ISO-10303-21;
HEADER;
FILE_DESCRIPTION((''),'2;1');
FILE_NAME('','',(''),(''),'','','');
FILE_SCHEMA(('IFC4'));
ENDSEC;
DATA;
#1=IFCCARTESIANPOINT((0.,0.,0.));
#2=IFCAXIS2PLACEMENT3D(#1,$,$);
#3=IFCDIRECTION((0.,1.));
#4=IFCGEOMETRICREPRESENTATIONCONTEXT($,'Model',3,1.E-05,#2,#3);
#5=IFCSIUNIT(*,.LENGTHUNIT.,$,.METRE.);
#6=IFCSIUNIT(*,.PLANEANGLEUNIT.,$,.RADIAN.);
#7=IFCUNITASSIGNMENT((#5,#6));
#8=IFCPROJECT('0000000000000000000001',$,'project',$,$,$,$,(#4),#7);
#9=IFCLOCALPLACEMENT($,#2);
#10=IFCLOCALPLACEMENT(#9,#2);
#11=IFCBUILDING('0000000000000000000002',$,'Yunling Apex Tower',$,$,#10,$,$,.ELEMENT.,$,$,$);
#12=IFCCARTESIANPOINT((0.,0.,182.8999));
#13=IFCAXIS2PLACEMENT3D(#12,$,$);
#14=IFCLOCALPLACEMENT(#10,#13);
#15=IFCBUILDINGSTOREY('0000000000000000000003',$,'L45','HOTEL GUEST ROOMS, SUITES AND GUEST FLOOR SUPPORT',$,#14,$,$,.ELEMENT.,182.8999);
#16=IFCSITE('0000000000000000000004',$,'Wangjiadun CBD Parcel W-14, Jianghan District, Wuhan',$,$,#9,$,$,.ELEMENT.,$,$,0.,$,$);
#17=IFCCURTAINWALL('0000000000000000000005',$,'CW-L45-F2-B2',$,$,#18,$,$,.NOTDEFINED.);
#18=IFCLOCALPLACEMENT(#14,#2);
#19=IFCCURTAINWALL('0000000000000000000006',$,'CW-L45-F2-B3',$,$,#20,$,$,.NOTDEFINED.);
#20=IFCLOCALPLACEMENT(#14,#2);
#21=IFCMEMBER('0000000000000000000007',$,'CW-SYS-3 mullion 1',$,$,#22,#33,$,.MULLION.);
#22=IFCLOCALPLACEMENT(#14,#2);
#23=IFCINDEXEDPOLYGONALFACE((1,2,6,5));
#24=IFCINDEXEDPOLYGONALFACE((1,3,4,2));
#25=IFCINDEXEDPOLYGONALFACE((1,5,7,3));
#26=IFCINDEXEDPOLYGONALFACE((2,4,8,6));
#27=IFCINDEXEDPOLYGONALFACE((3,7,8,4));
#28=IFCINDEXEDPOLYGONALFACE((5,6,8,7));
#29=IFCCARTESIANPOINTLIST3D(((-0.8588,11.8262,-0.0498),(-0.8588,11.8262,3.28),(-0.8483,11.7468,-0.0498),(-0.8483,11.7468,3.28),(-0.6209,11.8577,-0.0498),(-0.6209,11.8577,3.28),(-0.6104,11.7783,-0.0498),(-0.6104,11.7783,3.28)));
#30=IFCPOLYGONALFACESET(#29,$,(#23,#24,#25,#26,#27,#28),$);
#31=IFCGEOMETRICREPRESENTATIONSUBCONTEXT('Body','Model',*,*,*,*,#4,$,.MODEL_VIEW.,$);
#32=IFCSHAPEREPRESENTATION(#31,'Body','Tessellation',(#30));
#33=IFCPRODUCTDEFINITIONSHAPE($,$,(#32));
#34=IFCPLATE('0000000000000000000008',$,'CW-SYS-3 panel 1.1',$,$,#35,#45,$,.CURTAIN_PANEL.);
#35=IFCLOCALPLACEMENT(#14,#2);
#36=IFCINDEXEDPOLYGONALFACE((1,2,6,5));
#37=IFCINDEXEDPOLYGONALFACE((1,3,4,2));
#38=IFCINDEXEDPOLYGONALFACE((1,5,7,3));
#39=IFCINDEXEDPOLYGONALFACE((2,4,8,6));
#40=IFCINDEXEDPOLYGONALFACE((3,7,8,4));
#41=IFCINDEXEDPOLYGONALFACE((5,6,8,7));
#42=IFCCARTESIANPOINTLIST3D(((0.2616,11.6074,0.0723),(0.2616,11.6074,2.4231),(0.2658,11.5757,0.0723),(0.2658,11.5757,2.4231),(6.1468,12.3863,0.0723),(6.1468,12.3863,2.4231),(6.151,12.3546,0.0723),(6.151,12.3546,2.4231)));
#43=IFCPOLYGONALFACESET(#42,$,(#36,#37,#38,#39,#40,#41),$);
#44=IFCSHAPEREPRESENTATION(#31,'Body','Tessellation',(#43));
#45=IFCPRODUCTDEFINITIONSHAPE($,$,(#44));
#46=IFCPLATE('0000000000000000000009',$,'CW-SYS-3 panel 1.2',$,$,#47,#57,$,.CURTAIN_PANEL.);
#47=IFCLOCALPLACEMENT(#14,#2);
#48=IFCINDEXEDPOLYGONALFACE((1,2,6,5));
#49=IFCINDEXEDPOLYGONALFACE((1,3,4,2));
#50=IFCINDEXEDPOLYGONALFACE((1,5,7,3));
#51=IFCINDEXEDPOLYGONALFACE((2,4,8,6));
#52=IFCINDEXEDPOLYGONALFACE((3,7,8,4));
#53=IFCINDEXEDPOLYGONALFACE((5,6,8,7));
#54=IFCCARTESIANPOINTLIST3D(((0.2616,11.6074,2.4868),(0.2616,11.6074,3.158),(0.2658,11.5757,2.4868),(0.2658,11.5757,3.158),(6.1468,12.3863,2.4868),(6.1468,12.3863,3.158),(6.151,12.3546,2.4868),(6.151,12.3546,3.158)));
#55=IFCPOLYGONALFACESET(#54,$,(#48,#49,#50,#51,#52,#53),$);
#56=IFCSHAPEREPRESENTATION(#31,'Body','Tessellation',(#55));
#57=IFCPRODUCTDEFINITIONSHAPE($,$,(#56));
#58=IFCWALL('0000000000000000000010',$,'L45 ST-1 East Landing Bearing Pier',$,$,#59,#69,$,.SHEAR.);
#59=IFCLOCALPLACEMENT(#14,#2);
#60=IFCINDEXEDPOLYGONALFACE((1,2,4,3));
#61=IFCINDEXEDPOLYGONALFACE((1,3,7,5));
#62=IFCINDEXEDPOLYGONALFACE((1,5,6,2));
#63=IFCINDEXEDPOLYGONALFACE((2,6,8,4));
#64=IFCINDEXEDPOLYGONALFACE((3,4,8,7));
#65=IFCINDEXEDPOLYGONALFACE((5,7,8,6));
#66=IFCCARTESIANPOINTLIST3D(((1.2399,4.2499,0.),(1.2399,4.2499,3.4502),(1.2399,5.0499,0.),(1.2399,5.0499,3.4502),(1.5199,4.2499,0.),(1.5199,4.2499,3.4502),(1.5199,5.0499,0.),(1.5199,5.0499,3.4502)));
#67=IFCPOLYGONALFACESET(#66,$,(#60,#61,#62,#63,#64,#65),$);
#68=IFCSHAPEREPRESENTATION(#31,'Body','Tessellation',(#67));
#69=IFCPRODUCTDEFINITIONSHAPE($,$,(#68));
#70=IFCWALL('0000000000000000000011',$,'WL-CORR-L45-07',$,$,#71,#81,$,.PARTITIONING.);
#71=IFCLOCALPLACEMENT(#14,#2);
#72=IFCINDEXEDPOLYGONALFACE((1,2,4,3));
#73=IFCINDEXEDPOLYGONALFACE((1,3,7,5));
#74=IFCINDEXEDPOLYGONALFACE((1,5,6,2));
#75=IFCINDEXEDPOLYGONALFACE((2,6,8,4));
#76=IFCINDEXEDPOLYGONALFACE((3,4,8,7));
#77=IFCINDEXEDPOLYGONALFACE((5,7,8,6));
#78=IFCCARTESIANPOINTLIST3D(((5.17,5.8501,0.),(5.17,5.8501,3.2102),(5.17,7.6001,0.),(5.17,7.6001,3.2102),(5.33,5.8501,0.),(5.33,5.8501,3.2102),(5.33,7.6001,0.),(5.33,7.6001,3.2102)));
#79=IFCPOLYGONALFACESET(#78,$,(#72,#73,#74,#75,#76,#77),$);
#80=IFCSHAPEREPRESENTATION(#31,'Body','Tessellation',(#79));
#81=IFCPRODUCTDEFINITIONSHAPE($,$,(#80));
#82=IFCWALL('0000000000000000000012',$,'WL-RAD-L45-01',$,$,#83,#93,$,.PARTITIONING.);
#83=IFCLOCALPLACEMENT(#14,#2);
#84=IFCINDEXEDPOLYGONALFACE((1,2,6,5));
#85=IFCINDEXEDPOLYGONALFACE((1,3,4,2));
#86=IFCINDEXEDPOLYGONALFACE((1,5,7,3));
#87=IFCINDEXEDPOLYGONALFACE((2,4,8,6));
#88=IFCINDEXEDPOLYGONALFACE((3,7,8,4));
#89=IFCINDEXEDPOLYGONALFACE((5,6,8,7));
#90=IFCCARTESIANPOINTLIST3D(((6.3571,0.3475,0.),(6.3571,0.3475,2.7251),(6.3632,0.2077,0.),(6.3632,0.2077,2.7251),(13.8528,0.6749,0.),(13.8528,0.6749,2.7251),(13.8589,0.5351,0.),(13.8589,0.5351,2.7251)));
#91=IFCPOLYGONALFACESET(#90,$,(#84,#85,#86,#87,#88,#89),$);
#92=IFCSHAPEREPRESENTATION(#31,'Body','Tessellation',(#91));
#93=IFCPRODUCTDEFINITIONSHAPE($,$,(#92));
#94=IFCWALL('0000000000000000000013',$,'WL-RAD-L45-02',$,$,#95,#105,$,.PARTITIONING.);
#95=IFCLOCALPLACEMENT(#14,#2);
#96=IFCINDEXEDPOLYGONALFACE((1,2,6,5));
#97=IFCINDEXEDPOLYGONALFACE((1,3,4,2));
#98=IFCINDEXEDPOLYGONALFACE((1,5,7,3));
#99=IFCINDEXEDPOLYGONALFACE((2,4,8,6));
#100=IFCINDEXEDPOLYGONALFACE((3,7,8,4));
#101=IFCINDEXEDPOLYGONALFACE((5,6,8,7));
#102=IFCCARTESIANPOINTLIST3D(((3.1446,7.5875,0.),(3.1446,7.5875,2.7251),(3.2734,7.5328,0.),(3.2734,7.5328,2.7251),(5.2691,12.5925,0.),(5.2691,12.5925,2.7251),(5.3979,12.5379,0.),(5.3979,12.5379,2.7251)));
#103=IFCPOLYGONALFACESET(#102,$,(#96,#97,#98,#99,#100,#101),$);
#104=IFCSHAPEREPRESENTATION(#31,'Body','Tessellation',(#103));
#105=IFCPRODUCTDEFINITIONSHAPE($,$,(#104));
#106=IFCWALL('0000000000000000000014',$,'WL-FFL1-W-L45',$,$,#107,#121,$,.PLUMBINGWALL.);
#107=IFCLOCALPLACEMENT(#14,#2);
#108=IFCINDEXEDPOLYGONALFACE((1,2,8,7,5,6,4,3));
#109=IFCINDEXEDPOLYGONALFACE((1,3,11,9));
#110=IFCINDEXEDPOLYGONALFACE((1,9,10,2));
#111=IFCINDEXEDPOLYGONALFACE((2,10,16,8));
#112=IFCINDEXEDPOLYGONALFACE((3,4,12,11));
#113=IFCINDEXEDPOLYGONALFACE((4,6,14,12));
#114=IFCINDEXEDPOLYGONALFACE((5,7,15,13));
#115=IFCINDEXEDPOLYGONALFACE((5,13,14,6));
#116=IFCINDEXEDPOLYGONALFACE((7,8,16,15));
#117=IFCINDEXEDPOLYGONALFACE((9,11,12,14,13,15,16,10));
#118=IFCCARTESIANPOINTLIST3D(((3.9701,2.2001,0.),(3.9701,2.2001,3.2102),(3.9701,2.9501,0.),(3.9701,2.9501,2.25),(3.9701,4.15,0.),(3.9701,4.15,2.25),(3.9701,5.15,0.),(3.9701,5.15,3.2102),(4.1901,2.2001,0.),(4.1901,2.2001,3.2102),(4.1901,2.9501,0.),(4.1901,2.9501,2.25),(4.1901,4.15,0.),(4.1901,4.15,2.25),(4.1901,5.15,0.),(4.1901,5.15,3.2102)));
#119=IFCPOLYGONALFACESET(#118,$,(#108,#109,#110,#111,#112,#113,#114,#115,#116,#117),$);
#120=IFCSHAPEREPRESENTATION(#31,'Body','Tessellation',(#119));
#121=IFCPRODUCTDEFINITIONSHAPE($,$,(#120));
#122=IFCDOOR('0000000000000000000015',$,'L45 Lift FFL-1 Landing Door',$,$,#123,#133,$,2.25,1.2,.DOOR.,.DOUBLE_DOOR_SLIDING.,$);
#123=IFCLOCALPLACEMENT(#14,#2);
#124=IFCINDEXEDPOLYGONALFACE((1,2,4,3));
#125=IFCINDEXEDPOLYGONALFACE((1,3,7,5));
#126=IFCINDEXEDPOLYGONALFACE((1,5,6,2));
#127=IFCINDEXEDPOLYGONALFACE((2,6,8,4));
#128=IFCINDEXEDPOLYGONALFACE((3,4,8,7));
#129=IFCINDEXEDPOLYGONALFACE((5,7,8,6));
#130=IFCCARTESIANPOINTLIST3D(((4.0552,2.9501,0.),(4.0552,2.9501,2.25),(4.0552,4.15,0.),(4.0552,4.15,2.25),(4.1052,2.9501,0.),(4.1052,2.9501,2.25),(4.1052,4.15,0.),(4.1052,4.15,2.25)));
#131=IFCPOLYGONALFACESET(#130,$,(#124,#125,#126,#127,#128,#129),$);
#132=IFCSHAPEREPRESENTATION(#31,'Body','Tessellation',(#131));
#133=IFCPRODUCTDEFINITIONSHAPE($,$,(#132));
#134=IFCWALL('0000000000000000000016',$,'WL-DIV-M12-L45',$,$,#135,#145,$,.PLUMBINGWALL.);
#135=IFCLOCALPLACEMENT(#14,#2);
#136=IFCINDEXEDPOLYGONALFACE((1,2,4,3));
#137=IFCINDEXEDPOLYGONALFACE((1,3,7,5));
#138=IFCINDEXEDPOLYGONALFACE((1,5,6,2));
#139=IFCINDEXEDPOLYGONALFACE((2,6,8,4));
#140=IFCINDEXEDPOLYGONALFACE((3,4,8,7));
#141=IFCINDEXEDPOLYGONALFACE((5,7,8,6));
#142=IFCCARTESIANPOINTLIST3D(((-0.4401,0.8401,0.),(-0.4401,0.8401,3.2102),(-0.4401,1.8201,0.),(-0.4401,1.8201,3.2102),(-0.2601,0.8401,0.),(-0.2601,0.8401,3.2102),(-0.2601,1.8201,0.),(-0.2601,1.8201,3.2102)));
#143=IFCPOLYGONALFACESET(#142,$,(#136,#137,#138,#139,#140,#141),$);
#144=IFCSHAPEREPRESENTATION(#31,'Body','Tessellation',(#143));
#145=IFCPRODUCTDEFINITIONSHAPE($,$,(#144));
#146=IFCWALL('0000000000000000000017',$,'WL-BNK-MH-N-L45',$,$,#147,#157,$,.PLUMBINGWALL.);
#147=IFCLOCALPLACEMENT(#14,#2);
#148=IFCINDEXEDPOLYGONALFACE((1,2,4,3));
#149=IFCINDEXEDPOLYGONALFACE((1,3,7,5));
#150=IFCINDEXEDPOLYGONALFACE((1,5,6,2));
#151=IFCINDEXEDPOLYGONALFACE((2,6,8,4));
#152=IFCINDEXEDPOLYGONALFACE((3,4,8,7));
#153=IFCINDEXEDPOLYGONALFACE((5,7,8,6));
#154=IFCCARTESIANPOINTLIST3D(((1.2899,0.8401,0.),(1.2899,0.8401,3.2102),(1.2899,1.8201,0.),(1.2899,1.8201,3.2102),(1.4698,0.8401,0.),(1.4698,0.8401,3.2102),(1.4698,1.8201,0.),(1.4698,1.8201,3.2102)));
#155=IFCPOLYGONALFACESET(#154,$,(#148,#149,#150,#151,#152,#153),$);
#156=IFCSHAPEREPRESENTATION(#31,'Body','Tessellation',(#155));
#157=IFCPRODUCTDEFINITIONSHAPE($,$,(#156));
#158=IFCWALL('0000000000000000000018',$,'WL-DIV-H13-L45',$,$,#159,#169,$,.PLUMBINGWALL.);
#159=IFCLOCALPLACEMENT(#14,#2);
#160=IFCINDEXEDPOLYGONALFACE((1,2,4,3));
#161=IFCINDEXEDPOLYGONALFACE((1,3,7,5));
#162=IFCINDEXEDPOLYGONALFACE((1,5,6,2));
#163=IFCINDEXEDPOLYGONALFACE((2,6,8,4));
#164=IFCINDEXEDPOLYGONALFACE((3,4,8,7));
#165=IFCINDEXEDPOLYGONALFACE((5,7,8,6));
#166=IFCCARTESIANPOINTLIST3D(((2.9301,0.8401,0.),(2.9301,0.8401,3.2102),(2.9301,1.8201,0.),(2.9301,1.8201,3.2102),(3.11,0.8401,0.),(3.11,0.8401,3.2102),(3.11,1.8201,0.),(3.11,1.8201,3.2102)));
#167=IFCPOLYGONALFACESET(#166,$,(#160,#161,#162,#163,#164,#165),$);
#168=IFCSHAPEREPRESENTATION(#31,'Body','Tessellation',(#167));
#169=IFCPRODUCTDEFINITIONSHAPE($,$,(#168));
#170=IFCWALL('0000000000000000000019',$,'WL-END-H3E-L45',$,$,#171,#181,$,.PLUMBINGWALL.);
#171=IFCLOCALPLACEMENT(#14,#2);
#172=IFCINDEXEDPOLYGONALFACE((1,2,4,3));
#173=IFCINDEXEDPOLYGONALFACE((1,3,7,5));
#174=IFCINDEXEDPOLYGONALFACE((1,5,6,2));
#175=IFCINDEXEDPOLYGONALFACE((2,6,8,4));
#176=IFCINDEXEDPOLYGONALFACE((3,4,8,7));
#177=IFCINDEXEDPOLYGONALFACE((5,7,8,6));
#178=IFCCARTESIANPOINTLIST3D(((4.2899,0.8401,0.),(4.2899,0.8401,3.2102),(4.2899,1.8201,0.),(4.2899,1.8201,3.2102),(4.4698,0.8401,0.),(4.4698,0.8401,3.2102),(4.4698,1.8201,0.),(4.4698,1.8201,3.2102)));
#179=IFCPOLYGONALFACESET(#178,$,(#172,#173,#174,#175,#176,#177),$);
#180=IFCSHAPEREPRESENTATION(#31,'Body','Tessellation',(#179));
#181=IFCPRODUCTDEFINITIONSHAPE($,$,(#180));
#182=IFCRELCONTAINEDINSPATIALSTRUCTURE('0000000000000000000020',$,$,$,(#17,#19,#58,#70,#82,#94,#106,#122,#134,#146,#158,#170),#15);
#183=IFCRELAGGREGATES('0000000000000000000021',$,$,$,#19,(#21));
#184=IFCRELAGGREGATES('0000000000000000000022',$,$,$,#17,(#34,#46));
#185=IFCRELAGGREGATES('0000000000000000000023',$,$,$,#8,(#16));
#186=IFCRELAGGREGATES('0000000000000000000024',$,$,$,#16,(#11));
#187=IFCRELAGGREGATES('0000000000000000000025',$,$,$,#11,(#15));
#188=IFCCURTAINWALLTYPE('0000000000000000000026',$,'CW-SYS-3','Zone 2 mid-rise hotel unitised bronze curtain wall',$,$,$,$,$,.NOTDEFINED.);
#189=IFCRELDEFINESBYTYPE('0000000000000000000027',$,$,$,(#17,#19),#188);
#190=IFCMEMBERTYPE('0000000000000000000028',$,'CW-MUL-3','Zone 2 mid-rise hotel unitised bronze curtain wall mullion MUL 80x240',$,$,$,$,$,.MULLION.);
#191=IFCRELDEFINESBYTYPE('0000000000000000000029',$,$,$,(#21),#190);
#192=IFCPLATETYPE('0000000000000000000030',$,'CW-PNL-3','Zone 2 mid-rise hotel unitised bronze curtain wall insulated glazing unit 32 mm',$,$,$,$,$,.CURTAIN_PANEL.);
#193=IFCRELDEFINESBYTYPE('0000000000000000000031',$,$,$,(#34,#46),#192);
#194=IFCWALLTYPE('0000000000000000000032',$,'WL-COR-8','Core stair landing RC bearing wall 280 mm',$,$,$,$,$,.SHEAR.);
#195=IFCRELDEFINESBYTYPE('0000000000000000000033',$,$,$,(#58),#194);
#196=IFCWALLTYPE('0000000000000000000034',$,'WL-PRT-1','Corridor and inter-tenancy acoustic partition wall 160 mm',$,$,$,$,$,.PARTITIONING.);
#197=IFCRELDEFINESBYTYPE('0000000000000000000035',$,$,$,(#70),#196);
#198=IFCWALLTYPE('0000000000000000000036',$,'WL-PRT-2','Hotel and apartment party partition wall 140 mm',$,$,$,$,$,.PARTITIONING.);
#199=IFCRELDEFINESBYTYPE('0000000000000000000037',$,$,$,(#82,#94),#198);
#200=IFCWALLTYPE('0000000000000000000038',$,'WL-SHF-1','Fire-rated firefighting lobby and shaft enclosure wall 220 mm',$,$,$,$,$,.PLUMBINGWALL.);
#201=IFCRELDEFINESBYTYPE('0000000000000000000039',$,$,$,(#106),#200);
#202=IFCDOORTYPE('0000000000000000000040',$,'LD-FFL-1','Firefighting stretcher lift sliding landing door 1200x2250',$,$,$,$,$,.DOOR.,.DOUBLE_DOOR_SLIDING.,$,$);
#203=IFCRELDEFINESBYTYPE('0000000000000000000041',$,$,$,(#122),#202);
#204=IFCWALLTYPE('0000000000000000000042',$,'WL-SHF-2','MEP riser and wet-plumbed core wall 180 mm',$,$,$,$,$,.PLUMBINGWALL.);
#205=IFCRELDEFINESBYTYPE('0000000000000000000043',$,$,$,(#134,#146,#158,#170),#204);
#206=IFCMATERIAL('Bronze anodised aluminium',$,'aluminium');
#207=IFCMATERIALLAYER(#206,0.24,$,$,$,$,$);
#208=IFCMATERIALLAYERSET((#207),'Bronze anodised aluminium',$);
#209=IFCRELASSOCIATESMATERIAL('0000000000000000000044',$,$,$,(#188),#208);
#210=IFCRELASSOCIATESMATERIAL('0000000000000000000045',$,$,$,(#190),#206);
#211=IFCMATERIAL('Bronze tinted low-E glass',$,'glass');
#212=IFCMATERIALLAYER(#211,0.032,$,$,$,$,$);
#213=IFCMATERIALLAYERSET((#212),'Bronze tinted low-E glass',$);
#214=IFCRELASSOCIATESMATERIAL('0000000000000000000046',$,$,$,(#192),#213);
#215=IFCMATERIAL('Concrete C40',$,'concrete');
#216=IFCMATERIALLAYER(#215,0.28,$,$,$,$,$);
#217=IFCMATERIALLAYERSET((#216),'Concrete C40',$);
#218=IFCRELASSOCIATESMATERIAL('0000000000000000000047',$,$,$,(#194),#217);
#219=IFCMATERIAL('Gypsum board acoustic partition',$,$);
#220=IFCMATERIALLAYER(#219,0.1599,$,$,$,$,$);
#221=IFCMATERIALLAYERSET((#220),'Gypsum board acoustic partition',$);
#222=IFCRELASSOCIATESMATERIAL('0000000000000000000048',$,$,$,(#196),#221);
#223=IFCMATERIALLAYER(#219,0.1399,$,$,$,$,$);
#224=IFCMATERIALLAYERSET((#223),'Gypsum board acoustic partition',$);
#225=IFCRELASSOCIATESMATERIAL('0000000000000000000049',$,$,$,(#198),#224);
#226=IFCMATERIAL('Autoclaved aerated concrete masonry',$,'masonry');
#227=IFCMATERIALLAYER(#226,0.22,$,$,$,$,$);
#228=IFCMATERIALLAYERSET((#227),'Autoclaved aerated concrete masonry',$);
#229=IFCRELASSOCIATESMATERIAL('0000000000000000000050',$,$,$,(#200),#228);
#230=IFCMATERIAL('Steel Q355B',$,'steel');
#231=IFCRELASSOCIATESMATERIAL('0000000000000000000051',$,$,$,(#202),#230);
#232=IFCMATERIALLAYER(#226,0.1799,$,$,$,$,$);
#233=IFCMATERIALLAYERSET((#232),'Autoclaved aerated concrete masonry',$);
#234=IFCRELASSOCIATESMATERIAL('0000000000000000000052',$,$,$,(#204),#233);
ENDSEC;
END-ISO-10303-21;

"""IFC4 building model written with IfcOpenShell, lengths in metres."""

from ifc_helpers import new_model, si_unit, direction, frame, frame_2d, origin, origin_2d, place, context, subcontext, project, spatial, rectangle, extrude, source, transform, mapped, material, layer, layer_set, material_profile, profile_set, type_object, element, fill, aggregate, save


model = new_model("IFC4")

# Units and contexts
model_context = context("Model", 3, precision=1e-05, world=origin(), true_north=direction((0.0, 1.0)))
body_context = subcontext(model_context, "Body", "Model", "MODEL_VIEW")
ifc_project = project(units=[si_unit("LENGTHUNIT", "METRE"), si_unit("PLANEANGLEUNIT", "RADIAN")], contexts=[model_context])

# Site, building, storey
site_placement = place(None, origin())
site = spatial("IfcSite", under=ifc_project, at=site_placement, Name="Wangjiadun CBD Parcel W-14, Jianghan District, Wuhan", CompositionType="ELEMENT", RefElevation=0.0)
building_placement = place(site_placement, origin())
building = spatial("IfcBuilding", under=site, at=building_placement, Name="Yunling Apex Tower", CompositionType="ELEMENT")
storey_placement = place(building_placement, frame((0.0, 0.0, 182.8999)))
storey = spatial("IfcBuildingStorey", under=building, at=storey_placement, Name="L45", Description="HOTEL GUEST ROOMS, SUITES AND GUEST FLOOR SUPPORT", CompositionType="ELEMENT", Elevation=182.8999)

# Shared definitions
ifc_material_1 = material(Name="Steel Q355B", Category="steel")

# Curtain wall
ifc_material_2 = material(Name="Bronze anodised aluminium", Category="aluminium")
ifc_layer_1 = layer(ifc_material_2, 0.24)
ifc_layer_set_1 = layer_set([ifc_layer_1], Name="Bronze anodised aluminium")
curtain_wall_type = type_object("IfcCurtainWallType", Name="CW-SYS-3", Description="Zone 2 mid-rise hotel unitised bronze curtain wall", PredefinedType="NOTDEFINED", material=ifc_layer_set_1)
curtain_wall_1_placement = place(storey_placement, origin())
curtain_wall_1 = element("IfcCurtainWall", 1, at=curtain_wall_1_placement, inside=storey, type_object=curtain_wall_type, Name="CW-L45-F2-B2", PredefinedType="NOTDEFINED")

# Curtain wall
curtain_wall_2_placement = place(storey_placement, origin())
curtain_wall_2 = element("IfcCurtainWall", 2, at=curtain_wall_2_placement, inside=storey, type_object=curtain_wall_type, Name="CW-L45-F2-B3", PredefinedType="NOTDEFINED")

# Member
ifc_material_profile_1 = material_profile(ifc_material_2, rectangle(XDim=0.0801, YDim=0.24, at=origin_2d()))
ifc_profile_set_1 = profile_set([ifc_material_profile_1], Name="Bronze anodised aluminium")
member_type_1 = type_object("IfcMemberType", Name="CW-MUL-3", Description="Zone 2 mid-rise hotel unitised bronze curtain wall mullion MUL 80x240", PredefinedType="MULLION", material=ifc_profile_set_1)
shared_shape_1 = source(origin(), body_context, "Body", "SweptSolid", [
    extrude(rectangle(XDim=0.0801, YDim=0.24, at=origin_2d()), origin(), (0.0, 0.0, 1.0), 3.3298),
])
member_1_placement = place(storey_placement, frame((-0.7346, 11.8022, -0.0498), z_axis=(0.0, 0.0, 1.0), x_axis=(0.131209, -0.991355, 0.0)))
member_1 = element("IfcMember", 3, at=member_1_placement, type_object=member_type_1, Name="CW-SYS-3 mullion 1", PredefinedType="MULLION", context=body_context, shape_type="MappedRepresentation", body=[
    mapped(shared_shape_1, transform((0.0, 0.0, 0.0), scale=1.0)),
])
aggregate(curtain_wall_2, [member_1])

# Plates
ifc_material_3 = material(Name="Bronze tinted low-E glass", Category="glass")
ifc_layer_2 = layer(ifc_material_3, 0.032)
ifc_layer_set_2 = layer_set([ifc_layer_2], Name="Bronze tinted low-E glass")
plate_type = type_object("IfcPlateType", Name="CW-PNL-3", Description="Zone 2 mid-rise hotel unitised bronze curtain wall insulated glazing unit 32 mm", PredefinedType="CURTAIN_PANEL", material=ifc_layer_set_2)
shared_shape_2 = source(origin(), body_context, "Body", "SweptSolid", [
    extrude(rectangle(XDim=5.9365, YDim=0.032, at=origin_2d()), origin(), (0.0, 0.0, 1.0), 2.3508),
])
plate_1_placement = place(storey_placement, frame((3.2063, 11.981, 0.0723), z_axis=(0.0, 0.0, 1.0), x_axis=(-0.991355, -0.131205, 0.0)))
plate_1 = element("IfcPlate", 4, at=plate_1_placement, type_object=plate_type, Name="CW-SYS-3 panel 1.1", PredefinedType="CURTAIN_PANEL", context=body_context, shape_type="MappedRepresentation", body=[
    mapped(shared_shape_2, transform((0.0, 0.0, 0.0), scale=1.0)),
])
shared_shape_3 = source(origin(), body_context, "Body", "SweptSolid", [
    extrude(rectangle(XDim=5.9365, YDim=0.032, at=origin_2d()), origin(), (0.0, 0.0, 1.0), 0.6711),
])
plate_2_placement = place(storey_placement, frame((3.2063, 11.981, 2.4868), z_axis=(0.0, 0.0, 1.0), x_axis=(-0.991355, -0.131205, 0.0)))
plate_2 = element("IfcPlate", 5, at=plate_2_placement, type_object=plate_type, Name="CW-SYS-3 panel 1.2", PredefinedType="CURTAIN_PANEL", context=body_context, shape_type="MappedRepresentation", body=[
    mapped(shared_shape_3, transform((0.0, 0.0, 0.0), scale=1.0)),
])
aggregate(curtain_wall_1, [plate_1, plate_2])

# Walls
ifc_material_4 = material(Name="Concrete C40", Category="concrete")
ifc_layer_3 = layer(ifc_material_4, 0.28)
ifc_layer_set_3 = layer_set([ifc_layer_3], Name="Concrete C40")
wall_type_1 = type_object("IfcWallType", Name="WL-COR-8", Description="Core stair landing RC bearing wall 280 mm", PredefinedType="SHEAR", material=ifc_layer_set_3)
wall_1_placement = place(storey_placement, frame((1.3799, 4.25, 0.0), z_axis=(0.0, 0.0, 1.0), x_axis=(0.0, 1.0, 0.0)))
element("IfcWall", 6, at=wall_1_placement, inside=storey, type_object=wall_type_1, Name="L45 ST-1 East Landing Bearing Pier", PredefinedType="SHEAR", context=body_context, shape_type="SweptSolid", body=[
    extrude(rectangle(XDim=0.8, YDim=0.28, at=frame_2d((0.3999, 0.0))), origin(), (0.0, 0.0, 1.0), 3.4502),
])
ifc_material_5 = material(Name="Gypsum board acoustic partition")
ifc_layer_4 = layer(ifc_material_5, 0.1599)
ifc_layer_set_4 = layer_set([ifc_layer_4], Name="Gypsum board acoustic partition")
wall_type_2 = type_object("IfcWallType", Name="WL-PRT-1", Description="Corridor and inter-tenancy acoustic partition wall 160 mm", PredefinedType="PARTITIONING", material=ifc_layer_set_4)
wall_2_placement = place(storey_placement, frame((5.25, 7.6001, 0.0), z_axis=(0.0, 0.0, 1.0), x_axis=(0.0, -1.0, 0.0)))
element("IfcWall", 7, at=wall_2_placement, inside=storey, type_object=wall_type_2, Name="WL-CORR-L45-07", PredefinedType="PARTITIONING", context=body_context, shape_type="SweptSolid", body=[
    extrude(rectangle(XDim=1.75, YDim=0.1599, at=frame_2d((0.875, 0.0))), origin(), (0.0, 0.0, 1.0), 3.2102),
])
ifc_layer_5 = layer(ifc_material_5, 0.1399)
ifc_layer_set_5 = layer_set([ifc_layer_5], Name="Gypsum board acoustic partition")
wall_type_3 = type_object("IfcWallType", Name="WL-PRT-2", Description="Hotel and apartment party partition wall 140 mm", PredefinedType="PARTITIONING", material=ifc_layer_set_5)
wall_3_placement = place(storey_placement, frame((6.3601, 0.2776, 0.0), z_axis=(0.0, 0.0, 1.0), x_axis=(0.999048, 0.043635, 0.0)))
element("IfcWall", 8, at=wall_3_placement, inside=storey, type_object=wall_type_3, Name="WL-RAD-L45-01", PredefinedType="PARTITIONING", context=body_context, shape_type="SweptSolid", body=[
    extrude(rectangle(XDim=7.5029, YDim=0.1399, at=frame_2d((3.7515, 0.0))), origin(), (0.0, 0.0, 1.0), 2.7251),
])
wall_4_placement = place(storey_placement, frame((3.209, 7.5601, 0.0), z_axis=(0.0, 0.0, 1.0), x_axis=(0.390725, 0.920507, 0.0)))
element("IfcWall", 9, at=wall_4_placement, inside=storey, type_object=wall_type_3, Name="WL-RAD-L45-02", PredefinedType="PARTITIONING", context=body_context, shape_type="SweptSolid", body=[
    extrude(rectangle(XDim=5.4373, YDim=0.1399, at=frame_2d((2.7188, 0.0))), origin(), (0.0, 0.0, 1.0), 2.7251),
])

# Wall, opening, door
ifc_material_6 = material(Name="Autoclaved aerated concrete masonry", Category="masonry")
ifc_layer_6 = layer(ifc_material_6, 0.22)
ifc_layer_set_6 = layer_set([ifc_layer_6], Name="Autoclaved aerated concrete masonry")
wall_type_4 = type_object("IfcWallType", Name="WL-SHF-1", Description="Fire-rated firefighting lobby and shaft enclosure wall 220 mm", PredefinedType="PLUMBINGWALL", material=ifc_layer_set_6)
wall_5_placement = place(storey_placement, frame((4.0801, 2.2, 0.0), z_axis=(0.0, 0.0, 1.0), x_axis=(0.0, 1.0, 0.0)))
wall_5 = element("IfcWall", 10, at=wall_5_placement, inside=storey, type_object=wall_type_4, Name="WL-FFL1-W-L45", PredefinedType="PLUMBINGWALL", context=body_context, shape_type="SweptSolid", body=[
    extrude(rectangle(XDim=2.95, YDim=0.22, at=frame_2d((1.4751, 0.0))), origin(), (0.0, 0.0, 1.0), 3.2102),
])
opening_1_placement = place(wall_5_placement, frame((0.75, 0.0, 0.0)))
opening_1 = element("IfcOpeningElement", 11, at=opening_1_placement, cuts=wall_5, PredefinedType="OPENING", context=body_context, shape_type="SweptSolid", body=[
    extrude(rectangle(XDim=1.2, YDim=2.25, at=frame_2d((0.6001, 1.125))), frame((0.0, 0.1201, 0.0), z_axis=(0.0, -1.0, 0.0), x_axis=(1.0, 0.0, 0.0)), (0.0, 0.0, 1.0), 0.24),
])
door_type_1 = type_object("IfcDoorType", Name="LD-FFL-1", Description="Firefighting stretcher lift sliding landing door 1200x2250", OperationType="DOUBLE_DOOR_SLIDING", PredefinedType="DOOR", material=ifc_material_1)
door_1_placement = place(opening_1_placement, origin())
door_1 = element("IfcDoor", 12, at=door_1_placement, inside=storey, type_object=door_type_1, Name="L45 Lift FFL-1 Landing Door", OperationType="DOUBLE_DOOR_SLIDING", OverallHeight=2.25, OverallWidth=1.2, PredefinedType="DOOR", context=body_context, shape_type="SweptSolid", body=[
    extrude(rectangle(XDim=1.2, YDim=2.25, at=frame_2d((0.6001, 1.125))), frame((0.0, 0.0249, 0.0), z_axis=(0.0, -1.0, 0.0), x_axis=(1.0, 0.0, 0.0)), (0.0, 0.0, 1.0), 0.05),
])
fill(opening_1, door_1)

# Walls
ifc_layer_7 = layer(ifc_material_6, 0.1799)
ifc_layer_set_7 = layer_set([ifc_layer_7], Name="Autoclaved aerated concrete masonry")
wall_type_5 = type_object("IfcWallType", Name="WL-SHF-2", Description="MEP riser and wet-plumbed core wall 180 mm", PredefinedType="PLUMBINGWALL", material=ifc_layer_set_7)
for number, where, z_axis, x_axis, name in (
    (13, (-0.3501, 0.8401, 0.0), (0.0, 0.0, 1.0), (0.0, 1.0, 0.0), "WL-DIV-M12-L45"),
    (14, (1.3799, 0.8401, 0.0), (0.0, 0.0, 1.0), (0.0, 1.0, 0.0), "WL-BNK-MH-N-L45"),
    (15, (3.02, 0.8401, 0.0), (0.0, 0.0, 1.0), (0.0, 1.0, 0.0), "WL-DIV-H13-L45"),
    (16, (4.3799, 0.8401, 0.0), (0.0, 0.0, 1.0), (0.0, 1.0, 0.0), "WL-END-H3E-L45"),
):
    element("IfcWall", number, at=place(storey_placement, frame(where, z_axis=z_axis, x_axis=x_axis)), inside=storey, type_object=wall_type_5, Name=name, PredefinedType="PLUMBINGWALL", context=body_context, shape_type="SweptSolid", body=[
        extrude(rectangle(XDim=0.98, YDim=0.1799, at=frame_2d((0.49, 0.0))), origin(), (0.0, 0.0, 1.0), 3.2102),
    ])

save(model, "model.ifc")
